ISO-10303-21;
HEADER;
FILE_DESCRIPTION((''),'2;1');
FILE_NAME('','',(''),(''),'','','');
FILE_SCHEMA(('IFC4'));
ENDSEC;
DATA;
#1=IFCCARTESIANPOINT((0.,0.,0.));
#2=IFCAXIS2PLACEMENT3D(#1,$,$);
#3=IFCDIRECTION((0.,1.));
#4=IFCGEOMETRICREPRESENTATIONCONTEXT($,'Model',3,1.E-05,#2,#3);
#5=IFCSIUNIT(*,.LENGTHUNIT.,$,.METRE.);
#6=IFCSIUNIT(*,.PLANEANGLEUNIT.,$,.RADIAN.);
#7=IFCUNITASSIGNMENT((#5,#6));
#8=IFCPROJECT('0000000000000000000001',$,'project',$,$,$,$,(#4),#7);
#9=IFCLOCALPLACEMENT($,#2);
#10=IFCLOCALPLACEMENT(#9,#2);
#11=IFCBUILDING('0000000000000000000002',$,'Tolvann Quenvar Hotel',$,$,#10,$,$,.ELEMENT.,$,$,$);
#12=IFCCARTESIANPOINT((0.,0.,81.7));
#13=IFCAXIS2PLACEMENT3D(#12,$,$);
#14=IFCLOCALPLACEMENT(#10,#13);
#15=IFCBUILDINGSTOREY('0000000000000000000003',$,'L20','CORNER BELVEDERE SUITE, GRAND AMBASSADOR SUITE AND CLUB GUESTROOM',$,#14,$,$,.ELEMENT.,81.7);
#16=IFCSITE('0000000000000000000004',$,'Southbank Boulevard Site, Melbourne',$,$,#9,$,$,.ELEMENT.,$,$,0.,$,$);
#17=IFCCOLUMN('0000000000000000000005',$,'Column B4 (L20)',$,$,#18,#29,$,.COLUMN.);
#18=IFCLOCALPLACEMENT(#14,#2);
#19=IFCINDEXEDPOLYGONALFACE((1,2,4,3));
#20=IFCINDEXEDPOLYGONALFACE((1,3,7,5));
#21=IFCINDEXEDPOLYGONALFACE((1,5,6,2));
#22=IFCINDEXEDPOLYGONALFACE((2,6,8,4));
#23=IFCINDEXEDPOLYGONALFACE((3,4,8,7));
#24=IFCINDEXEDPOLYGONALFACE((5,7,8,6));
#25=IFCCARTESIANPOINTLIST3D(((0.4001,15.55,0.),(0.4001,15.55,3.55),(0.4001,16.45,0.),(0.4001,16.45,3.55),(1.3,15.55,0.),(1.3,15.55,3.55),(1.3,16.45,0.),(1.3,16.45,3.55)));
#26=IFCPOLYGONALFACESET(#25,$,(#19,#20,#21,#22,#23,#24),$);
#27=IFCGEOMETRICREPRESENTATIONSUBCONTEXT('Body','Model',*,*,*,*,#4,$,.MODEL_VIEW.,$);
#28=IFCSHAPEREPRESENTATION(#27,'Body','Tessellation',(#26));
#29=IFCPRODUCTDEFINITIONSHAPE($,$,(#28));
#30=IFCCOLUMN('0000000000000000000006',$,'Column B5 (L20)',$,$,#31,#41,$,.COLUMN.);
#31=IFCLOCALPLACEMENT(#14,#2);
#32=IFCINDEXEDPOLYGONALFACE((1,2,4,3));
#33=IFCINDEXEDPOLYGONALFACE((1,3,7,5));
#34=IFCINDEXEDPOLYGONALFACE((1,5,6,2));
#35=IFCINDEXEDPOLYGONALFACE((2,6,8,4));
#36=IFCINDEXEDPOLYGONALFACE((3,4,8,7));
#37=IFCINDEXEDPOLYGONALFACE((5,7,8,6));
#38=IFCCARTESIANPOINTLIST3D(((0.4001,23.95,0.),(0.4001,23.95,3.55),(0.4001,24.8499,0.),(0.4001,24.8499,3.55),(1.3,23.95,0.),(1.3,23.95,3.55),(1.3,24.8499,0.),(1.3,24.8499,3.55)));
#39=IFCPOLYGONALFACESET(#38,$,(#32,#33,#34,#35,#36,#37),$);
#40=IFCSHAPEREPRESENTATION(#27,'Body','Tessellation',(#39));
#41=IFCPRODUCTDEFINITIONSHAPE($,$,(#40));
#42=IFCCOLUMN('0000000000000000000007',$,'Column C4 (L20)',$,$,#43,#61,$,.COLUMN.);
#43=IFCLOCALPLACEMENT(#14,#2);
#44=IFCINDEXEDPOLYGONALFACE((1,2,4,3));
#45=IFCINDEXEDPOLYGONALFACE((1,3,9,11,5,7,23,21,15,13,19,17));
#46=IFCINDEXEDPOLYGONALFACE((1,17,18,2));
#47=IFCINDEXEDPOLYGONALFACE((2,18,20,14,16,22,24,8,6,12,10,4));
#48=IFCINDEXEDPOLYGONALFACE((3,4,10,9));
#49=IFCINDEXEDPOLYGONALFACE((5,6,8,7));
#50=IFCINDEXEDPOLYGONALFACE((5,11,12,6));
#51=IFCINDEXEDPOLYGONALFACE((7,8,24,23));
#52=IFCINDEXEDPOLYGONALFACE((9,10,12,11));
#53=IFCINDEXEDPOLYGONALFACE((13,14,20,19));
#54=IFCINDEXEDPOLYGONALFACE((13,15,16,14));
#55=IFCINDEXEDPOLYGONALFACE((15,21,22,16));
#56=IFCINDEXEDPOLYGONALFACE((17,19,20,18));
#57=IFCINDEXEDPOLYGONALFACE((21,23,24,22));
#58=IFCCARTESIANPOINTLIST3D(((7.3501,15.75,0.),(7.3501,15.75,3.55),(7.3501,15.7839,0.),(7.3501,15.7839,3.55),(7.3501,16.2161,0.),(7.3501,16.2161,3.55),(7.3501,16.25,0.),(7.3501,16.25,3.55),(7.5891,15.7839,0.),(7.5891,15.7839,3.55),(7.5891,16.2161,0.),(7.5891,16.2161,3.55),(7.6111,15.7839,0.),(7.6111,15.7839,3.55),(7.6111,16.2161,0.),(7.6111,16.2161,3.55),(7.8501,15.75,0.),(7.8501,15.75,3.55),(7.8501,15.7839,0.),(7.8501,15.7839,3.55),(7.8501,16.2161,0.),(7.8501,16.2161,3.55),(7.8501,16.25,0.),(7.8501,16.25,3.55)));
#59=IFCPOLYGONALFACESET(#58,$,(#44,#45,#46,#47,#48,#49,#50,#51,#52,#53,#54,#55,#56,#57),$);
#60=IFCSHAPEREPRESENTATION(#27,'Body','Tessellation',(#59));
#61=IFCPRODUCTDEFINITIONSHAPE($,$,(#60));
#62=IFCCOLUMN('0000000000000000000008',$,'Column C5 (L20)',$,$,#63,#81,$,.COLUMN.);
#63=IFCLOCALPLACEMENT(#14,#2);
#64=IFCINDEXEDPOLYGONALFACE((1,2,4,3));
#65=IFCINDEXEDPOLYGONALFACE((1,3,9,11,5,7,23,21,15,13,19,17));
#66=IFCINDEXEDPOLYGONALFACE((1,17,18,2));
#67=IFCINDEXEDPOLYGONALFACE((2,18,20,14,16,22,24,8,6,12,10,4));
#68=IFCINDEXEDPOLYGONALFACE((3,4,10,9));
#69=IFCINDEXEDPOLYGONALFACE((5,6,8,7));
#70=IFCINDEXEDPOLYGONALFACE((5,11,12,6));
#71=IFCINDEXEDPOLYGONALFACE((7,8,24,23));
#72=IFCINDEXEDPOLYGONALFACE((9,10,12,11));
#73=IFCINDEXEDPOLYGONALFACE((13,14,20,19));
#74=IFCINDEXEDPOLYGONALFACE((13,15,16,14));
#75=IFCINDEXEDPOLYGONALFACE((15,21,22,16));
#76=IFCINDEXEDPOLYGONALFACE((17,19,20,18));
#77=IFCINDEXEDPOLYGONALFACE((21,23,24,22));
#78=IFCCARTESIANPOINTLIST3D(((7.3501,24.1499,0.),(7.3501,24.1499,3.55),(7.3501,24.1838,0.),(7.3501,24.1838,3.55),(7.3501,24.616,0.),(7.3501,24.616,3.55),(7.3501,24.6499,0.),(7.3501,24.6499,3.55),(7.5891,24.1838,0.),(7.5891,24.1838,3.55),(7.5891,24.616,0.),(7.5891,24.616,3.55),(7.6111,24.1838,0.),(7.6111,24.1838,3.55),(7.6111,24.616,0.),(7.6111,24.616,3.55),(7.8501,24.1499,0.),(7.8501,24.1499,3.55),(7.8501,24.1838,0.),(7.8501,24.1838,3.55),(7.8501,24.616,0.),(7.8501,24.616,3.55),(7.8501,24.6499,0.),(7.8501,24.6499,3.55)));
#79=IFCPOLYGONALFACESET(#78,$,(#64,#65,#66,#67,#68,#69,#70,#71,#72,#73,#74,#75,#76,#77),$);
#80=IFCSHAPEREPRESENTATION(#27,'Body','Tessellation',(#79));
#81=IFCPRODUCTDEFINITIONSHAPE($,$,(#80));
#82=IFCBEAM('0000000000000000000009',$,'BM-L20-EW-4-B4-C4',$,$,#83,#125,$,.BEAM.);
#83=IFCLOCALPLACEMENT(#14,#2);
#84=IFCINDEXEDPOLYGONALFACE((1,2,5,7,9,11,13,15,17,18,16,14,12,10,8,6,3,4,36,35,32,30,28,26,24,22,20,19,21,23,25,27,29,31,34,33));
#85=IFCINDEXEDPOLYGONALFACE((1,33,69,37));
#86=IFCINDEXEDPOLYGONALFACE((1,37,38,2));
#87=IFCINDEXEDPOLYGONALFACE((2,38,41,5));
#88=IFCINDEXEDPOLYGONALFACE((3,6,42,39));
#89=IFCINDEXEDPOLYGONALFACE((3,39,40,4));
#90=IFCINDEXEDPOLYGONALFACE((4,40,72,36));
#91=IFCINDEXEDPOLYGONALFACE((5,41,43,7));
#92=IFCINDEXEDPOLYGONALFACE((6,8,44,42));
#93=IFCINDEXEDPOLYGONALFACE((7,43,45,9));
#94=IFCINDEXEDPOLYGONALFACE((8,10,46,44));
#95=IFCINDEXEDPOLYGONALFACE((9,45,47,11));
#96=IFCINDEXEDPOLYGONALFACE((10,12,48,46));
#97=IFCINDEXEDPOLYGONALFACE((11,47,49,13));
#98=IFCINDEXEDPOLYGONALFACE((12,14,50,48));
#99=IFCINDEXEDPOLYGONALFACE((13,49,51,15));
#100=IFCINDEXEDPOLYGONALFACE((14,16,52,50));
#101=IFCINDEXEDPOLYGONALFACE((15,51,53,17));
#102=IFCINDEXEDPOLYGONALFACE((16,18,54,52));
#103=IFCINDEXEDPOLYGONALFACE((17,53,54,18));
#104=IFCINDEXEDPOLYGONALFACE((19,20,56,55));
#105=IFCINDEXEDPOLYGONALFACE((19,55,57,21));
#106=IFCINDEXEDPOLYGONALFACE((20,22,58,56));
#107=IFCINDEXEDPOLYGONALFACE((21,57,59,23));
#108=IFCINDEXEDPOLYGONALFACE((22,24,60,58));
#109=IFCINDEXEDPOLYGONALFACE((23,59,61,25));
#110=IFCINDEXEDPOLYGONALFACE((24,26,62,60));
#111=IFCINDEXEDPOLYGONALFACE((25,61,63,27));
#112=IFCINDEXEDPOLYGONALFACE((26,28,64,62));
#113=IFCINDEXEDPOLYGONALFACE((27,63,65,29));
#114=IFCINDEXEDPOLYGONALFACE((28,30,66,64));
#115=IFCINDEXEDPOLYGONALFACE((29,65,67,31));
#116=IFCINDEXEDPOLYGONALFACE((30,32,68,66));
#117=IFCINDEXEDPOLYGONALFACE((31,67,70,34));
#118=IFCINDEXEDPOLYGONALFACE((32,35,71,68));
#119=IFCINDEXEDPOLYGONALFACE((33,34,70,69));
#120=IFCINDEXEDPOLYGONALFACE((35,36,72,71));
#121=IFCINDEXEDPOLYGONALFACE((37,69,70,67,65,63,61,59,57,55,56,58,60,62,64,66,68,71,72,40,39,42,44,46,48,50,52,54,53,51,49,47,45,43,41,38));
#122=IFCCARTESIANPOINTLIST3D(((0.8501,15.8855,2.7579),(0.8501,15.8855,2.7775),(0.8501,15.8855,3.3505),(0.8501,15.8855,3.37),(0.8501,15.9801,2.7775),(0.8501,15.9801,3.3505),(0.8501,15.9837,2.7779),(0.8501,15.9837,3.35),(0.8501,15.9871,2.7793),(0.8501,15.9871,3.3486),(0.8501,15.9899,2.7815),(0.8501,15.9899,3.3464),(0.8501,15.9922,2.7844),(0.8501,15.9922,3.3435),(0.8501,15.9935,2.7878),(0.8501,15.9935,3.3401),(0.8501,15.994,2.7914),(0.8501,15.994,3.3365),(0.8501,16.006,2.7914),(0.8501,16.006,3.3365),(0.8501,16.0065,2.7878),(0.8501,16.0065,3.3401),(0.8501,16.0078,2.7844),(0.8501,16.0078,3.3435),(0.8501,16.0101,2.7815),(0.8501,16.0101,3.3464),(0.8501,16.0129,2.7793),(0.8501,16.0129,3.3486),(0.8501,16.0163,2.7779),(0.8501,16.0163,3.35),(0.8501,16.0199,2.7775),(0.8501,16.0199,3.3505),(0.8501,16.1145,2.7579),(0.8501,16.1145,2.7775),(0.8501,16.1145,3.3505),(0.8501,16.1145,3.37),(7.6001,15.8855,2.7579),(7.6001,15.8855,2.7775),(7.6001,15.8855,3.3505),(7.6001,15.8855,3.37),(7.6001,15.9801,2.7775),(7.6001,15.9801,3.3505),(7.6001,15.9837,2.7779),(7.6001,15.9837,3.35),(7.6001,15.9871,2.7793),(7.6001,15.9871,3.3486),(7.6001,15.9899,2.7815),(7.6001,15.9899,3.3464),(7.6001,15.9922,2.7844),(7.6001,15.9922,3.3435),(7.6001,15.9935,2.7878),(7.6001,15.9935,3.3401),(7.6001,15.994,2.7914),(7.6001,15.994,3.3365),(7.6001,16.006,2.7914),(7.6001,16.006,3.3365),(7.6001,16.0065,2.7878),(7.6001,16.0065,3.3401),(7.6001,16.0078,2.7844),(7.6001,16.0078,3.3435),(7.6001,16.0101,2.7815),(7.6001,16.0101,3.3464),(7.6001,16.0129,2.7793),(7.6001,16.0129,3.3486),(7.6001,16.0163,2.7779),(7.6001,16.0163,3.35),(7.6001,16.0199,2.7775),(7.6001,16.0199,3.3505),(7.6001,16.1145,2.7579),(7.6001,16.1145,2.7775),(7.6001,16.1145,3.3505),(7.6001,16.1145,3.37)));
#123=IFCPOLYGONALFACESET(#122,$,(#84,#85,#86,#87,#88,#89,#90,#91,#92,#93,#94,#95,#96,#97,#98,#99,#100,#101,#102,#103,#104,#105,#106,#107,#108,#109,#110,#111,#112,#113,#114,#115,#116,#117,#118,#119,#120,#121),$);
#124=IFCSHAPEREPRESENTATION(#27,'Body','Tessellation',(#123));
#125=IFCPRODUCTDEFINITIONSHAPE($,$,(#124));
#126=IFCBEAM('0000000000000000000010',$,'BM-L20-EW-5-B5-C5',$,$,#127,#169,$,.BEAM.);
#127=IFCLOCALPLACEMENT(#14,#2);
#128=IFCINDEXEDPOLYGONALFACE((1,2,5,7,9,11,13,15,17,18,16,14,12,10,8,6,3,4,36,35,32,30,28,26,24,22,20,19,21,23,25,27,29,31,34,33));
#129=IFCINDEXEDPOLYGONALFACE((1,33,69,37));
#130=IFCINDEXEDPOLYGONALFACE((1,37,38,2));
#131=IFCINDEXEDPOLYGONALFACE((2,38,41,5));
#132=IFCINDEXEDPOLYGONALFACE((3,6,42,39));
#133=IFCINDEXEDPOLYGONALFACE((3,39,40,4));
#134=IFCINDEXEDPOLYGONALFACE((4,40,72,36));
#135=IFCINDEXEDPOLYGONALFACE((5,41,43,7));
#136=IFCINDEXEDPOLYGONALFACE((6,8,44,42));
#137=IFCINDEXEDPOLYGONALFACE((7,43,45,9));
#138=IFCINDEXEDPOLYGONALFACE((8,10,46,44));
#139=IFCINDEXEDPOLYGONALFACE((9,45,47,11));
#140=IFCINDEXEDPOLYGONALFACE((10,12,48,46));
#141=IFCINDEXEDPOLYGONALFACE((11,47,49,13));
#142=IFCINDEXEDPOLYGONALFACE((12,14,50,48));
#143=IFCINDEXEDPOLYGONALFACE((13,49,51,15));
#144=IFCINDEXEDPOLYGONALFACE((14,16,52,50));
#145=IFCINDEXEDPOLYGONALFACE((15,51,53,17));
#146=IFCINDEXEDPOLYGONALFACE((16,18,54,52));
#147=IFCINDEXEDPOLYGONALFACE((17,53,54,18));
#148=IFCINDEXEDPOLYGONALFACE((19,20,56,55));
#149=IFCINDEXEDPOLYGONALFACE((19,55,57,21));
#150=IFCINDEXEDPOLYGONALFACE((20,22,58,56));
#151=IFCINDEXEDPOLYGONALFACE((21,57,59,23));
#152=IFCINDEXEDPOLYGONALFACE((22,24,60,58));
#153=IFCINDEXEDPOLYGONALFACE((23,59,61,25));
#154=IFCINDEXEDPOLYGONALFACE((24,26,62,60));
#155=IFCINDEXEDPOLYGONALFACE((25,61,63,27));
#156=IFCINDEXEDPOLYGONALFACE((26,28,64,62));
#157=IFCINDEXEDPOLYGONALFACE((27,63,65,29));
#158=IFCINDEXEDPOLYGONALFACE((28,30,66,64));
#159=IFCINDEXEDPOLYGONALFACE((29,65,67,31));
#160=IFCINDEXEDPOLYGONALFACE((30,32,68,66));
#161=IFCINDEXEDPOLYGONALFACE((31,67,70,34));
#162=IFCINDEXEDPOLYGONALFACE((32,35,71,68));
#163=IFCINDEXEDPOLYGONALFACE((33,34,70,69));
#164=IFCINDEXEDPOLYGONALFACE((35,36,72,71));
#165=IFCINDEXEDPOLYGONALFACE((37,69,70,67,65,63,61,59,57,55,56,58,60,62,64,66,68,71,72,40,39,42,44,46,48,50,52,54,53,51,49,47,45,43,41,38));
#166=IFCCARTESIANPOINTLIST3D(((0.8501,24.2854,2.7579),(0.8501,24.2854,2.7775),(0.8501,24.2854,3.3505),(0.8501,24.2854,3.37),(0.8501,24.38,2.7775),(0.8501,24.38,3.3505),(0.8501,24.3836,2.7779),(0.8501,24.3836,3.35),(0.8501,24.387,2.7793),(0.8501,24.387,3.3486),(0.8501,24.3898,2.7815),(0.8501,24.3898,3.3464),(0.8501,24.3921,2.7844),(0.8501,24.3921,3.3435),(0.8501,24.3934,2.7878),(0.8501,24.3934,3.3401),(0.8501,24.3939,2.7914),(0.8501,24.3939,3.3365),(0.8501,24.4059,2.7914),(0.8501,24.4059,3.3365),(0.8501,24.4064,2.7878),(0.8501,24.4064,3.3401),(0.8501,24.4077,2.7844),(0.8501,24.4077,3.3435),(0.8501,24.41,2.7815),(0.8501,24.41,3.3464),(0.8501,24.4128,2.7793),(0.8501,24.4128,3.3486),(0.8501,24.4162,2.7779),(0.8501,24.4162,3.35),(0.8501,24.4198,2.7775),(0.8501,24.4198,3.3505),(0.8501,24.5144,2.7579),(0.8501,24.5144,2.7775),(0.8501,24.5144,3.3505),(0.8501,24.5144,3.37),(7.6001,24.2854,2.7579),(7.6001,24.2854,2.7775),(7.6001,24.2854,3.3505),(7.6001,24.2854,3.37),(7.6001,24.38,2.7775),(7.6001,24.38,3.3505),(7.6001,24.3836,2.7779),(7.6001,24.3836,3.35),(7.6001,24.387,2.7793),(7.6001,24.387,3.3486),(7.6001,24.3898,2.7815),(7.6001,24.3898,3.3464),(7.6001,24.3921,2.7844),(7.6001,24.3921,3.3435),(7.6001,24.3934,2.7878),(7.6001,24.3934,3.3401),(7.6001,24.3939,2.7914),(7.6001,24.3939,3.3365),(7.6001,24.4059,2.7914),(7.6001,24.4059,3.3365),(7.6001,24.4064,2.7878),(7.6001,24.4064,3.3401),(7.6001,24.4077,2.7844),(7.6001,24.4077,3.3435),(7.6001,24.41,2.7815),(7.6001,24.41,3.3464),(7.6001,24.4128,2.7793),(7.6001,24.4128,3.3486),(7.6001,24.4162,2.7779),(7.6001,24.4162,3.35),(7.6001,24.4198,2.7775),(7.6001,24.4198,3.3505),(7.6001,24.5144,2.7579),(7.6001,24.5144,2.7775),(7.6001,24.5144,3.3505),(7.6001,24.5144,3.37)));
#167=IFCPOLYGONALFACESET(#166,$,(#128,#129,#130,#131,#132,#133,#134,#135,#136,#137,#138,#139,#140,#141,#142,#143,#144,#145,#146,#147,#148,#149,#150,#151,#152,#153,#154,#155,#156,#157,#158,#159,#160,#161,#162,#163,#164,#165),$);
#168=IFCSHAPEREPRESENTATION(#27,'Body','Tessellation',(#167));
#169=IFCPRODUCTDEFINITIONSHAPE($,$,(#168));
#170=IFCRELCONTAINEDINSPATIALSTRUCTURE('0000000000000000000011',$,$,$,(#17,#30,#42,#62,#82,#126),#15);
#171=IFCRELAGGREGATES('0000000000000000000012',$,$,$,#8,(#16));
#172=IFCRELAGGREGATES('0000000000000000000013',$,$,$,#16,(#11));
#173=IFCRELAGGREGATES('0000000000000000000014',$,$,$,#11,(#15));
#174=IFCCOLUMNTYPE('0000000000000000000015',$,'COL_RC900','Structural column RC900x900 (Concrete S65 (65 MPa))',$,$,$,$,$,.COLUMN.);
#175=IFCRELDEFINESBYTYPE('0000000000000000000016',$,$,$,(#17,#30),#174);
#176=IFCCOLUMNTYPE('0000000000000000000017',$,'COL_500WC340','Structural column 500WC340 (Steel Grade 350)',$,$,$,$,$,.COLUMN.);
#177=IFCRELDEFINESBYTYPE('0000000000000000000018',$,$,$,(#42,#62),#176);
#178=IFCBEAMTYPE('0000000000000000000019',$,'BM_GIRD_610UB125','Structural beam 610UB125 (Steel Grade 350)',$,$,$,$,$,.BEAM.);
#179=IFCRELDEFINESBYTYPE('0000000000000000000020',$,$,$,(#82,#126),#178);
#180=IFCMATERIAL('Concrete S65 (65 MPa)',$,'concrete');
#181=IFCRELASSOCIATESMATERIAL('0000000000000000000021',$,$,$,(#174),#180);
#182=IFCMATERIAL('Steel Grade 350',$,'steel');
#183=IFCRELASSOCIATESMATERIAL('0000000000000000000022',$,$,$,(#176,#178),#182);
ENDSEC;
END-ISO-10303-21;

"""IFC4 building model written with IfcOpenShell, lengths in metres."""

from ifc_helpers import new_model, si_unit, direction, frame, origin, origin_2d, place, context, subcontext, project, spatial, rectangle, i_section, extrude, source, transform, mapped, material, material_profile, profile_set, type_object, type_shapes, element, save


model = new_model("IFC4")

# Units and contexts
model_context = context("Model", 3, precision=1e-05, world=origin(), true_north=direction((0.0, 1.0)))
body_context = subcontext(model_context, "Body", "Model", "MODEL_VIEW")
ifc_project = project(units=[si_unit("LENGTHUNIT", "METRE"), si_unit("PLANEANGLEUNIT", "RADIAN")], contexts=[model_context])

# Site, building, storey
site_placement = place(None, origin())
site = spatial("IfcSite", under=ifc_project, at=site_placement, Name="Southbank Boulevard Site, Melbourne", CompositionType="ELEMENT", RefElevation=0.0)
building_placement = place(site_placement, origin())
building = spatial("IfcBuilding", under=site, at=building_placement, Name="Tolvann Quenvar Hotel", CompositionType="ELEMENT")
storey_placement = place(building_placement, frame((0.0, 0.0, 81.7)))
storey = spatial("IfcBuildingStorey", under=building, at=storey_placement, Name="L20", Description="CORNER BELVEDERE SUITE, GRAND AMBASSADOR SUITE AND CLUB GUESTROOM", CompositionType="ELEMENT", Elevation=81.7)

# Columns
ifc_material_1 = material(Name="Concrete S65 (65 MPa)", Category="concrete")
ifc_material_profile_1 = material_profile(ifc_material_1, rectangle(XDim=0.8999, YDim=0.8999, at=origin_2d()), Name="RC900x900")
ifc_profile_set_1 = profile_set([ifc_material_profile_1], Name="Concrete S65 (65 MPa)")
column_type_1 = type_object("IfcColumnType", Name="COL_RC900", Description="Structural column RC900x900 (Concrete S65 (65 MPa))", PredefinedType="COLUMN", material=ifc_profile_set_1)
shared_shape_1 = source(origin(), body_context, "Body", "SweptSolid", [
    extrude(rectangle(XDim=0.8999, YDim=0.8999, at=origin_2d()), origin(), (0.0, 0.0, 1.0), 3.55),
])
type_shapes(column_type_1, [shared_shape_1])
for number, where, z_axis, x_axis, name in (
    (1, (0.8501, 16.0, 0.0), (0.0, 0.0, 1.0), (1.0, 0.0, 0.0), "Column B4 (L20)"),
    (2, (0.8501, 24.3999, 0.0), (0.0, 0.0, 1.0), (1.0, 0.0, 0.0), "Column B5 (L20)"),
):
    element("IfcColumn", number, at=place(storey_placement, frame(where, z_axis=z_axis, x_axis=x_axis)), inside=storey, type_object=column_type_1, Name=name, PredefinedType="COLUMN", context=body_context, shape_type="MappedRepresentation", body=[
        mapped(shared_shape_1, transform((0.0, 0.0, 0.0), x_axis=(1.0, 0.0, 0.0), y_axis=(0.0, 1.0, 0.0), z_axis=(0.0, 0.0, 1.0), scale=1.0)),
    ])
ifc_material_2 = material(Name="Steel Grade 350", Category="steel")
ifc_material_profile_2 = material_profile(ifc_material_2, i_section(OverallWidth=0.5, OverallDepth=0.5, WebThickness=0.022, FlangeThickness=0.0339, at=origin_2d()), Name="500WC340")
ifc_profile_set_2 = profile_set([ifc_material_profile_2], Name="Steel Grade 350")
column_type_2 = type_object("IfcColumnType", Name="COL_500WC340", Description="Structural column 500WC340 (Steel Grade 350)", PredefinedType="COLUMN", material=ifc_profile_set_2)
shared_shape_2 = source(origin(), body_context, "Body", "SweptSolid", [
    extrude(i_section(OverallWidth=0.5, OverallDepth=0.5, WebThickness=0.022, FlangeThickness=0.0339, at=origin_2d()), origin(), (0.0, 0.0, 1.0), 3.55),
])
type_shapes(column_type_2, [shared_shape_2])
for number, where, z_axis, x_axis, name in (
    (3, (7.6001, 16.0, 0.0), (0.0, 0.0, 1.0), (1.0, 0.0, 0.0), "Column C4 (L20)"),
    (4, (7.6001, 24.3999, 0.0), (0.0, 0.0, 1.0), (1.0, 0.0, 0.0), "Column C5 (L20)"),
):
    element("IfcColumn", number, at=place(storey_placement, frame(where, z_axis=z_axis, x_axis=x_axis)), inside=storey, type_object=column_type_2, Name=name, PredefinedType="COLUMN", context=body_context, shape_type="MappedRepresentation", body=[
        mapped(shared_shape_2, transform((0.0, 0.0, 0.0), x_axis=(1.0, 0.0, 0.0), y_axis=(0.0, 1.0, 0.0), z_axis=(0.0, 0.0, 1.0), scale=1.0)),
    ])

# Beams
ifc_material_profile_3 = material_profile(ifc_material_2, i_section(OverallWidth=0.229, OverallDepth=0.6121, WebThickness=0.012, FlangeThickness=0.0195, FilletRadius=0.0139, at=origin_2d()), Name="610UB125")
ifc_profile_set_3 = profile_set([ifc_material_profile_3], Name="Steel Grade 350")
beam_type_1 = type_object("IfcBeamType", Name="BM_GIRD_610UB125", Description="Structural beam 610UB125 (Steel Grade 350)", PredefinedType="BEAM", material=ifc_profile_set_3)
shared_shape_3 = source(origin(), body_context, "Body", "SweptSolid", [
    extrude(i_section(OverallWidth=0.229, OverallDepth=0.6121, WebThickness=0.012, FlangeThickness=0.0195, FilletRadius=0.0139, at=origin_2d()), origin(), (0.0, 0.0, 1.0), 6.75),
])
for number, where, z_axis, x_axis, name in (
    (5, (0.8501, 16.0, 3.064), (1.0, 0.0, 0.0), (0.0, 1.0, 0.0), "BM-L20-EW-4-B4-C4"),
    (6, (0.8501, 24.3999, 3.064), (1.0, 0.0, 0.0), (0.0, 1.0, 0.0), "BM-L20-EW-5-B5-C5"),
):
    element("IfcBeam", number, at=place(storey_placement, frame(where, z_axis=z_axis, x_axis=x_axis)), inside=storey, type_object=beam_type_1, Name=name, PredefinedType="BEAM", context=body_context, shape_type="MappedRepresentation", body=[
        mapped(shared_shape_3, transform((0.0, 0.0, 0.0), x_axis=(1.0, 0.0, 0.0), y_axis=(0.0, 1.0, 0.0), z_axis=(0.0, 0.0, 1.0), scale=1.0)),
    ])

save(model, "model.ifc")
